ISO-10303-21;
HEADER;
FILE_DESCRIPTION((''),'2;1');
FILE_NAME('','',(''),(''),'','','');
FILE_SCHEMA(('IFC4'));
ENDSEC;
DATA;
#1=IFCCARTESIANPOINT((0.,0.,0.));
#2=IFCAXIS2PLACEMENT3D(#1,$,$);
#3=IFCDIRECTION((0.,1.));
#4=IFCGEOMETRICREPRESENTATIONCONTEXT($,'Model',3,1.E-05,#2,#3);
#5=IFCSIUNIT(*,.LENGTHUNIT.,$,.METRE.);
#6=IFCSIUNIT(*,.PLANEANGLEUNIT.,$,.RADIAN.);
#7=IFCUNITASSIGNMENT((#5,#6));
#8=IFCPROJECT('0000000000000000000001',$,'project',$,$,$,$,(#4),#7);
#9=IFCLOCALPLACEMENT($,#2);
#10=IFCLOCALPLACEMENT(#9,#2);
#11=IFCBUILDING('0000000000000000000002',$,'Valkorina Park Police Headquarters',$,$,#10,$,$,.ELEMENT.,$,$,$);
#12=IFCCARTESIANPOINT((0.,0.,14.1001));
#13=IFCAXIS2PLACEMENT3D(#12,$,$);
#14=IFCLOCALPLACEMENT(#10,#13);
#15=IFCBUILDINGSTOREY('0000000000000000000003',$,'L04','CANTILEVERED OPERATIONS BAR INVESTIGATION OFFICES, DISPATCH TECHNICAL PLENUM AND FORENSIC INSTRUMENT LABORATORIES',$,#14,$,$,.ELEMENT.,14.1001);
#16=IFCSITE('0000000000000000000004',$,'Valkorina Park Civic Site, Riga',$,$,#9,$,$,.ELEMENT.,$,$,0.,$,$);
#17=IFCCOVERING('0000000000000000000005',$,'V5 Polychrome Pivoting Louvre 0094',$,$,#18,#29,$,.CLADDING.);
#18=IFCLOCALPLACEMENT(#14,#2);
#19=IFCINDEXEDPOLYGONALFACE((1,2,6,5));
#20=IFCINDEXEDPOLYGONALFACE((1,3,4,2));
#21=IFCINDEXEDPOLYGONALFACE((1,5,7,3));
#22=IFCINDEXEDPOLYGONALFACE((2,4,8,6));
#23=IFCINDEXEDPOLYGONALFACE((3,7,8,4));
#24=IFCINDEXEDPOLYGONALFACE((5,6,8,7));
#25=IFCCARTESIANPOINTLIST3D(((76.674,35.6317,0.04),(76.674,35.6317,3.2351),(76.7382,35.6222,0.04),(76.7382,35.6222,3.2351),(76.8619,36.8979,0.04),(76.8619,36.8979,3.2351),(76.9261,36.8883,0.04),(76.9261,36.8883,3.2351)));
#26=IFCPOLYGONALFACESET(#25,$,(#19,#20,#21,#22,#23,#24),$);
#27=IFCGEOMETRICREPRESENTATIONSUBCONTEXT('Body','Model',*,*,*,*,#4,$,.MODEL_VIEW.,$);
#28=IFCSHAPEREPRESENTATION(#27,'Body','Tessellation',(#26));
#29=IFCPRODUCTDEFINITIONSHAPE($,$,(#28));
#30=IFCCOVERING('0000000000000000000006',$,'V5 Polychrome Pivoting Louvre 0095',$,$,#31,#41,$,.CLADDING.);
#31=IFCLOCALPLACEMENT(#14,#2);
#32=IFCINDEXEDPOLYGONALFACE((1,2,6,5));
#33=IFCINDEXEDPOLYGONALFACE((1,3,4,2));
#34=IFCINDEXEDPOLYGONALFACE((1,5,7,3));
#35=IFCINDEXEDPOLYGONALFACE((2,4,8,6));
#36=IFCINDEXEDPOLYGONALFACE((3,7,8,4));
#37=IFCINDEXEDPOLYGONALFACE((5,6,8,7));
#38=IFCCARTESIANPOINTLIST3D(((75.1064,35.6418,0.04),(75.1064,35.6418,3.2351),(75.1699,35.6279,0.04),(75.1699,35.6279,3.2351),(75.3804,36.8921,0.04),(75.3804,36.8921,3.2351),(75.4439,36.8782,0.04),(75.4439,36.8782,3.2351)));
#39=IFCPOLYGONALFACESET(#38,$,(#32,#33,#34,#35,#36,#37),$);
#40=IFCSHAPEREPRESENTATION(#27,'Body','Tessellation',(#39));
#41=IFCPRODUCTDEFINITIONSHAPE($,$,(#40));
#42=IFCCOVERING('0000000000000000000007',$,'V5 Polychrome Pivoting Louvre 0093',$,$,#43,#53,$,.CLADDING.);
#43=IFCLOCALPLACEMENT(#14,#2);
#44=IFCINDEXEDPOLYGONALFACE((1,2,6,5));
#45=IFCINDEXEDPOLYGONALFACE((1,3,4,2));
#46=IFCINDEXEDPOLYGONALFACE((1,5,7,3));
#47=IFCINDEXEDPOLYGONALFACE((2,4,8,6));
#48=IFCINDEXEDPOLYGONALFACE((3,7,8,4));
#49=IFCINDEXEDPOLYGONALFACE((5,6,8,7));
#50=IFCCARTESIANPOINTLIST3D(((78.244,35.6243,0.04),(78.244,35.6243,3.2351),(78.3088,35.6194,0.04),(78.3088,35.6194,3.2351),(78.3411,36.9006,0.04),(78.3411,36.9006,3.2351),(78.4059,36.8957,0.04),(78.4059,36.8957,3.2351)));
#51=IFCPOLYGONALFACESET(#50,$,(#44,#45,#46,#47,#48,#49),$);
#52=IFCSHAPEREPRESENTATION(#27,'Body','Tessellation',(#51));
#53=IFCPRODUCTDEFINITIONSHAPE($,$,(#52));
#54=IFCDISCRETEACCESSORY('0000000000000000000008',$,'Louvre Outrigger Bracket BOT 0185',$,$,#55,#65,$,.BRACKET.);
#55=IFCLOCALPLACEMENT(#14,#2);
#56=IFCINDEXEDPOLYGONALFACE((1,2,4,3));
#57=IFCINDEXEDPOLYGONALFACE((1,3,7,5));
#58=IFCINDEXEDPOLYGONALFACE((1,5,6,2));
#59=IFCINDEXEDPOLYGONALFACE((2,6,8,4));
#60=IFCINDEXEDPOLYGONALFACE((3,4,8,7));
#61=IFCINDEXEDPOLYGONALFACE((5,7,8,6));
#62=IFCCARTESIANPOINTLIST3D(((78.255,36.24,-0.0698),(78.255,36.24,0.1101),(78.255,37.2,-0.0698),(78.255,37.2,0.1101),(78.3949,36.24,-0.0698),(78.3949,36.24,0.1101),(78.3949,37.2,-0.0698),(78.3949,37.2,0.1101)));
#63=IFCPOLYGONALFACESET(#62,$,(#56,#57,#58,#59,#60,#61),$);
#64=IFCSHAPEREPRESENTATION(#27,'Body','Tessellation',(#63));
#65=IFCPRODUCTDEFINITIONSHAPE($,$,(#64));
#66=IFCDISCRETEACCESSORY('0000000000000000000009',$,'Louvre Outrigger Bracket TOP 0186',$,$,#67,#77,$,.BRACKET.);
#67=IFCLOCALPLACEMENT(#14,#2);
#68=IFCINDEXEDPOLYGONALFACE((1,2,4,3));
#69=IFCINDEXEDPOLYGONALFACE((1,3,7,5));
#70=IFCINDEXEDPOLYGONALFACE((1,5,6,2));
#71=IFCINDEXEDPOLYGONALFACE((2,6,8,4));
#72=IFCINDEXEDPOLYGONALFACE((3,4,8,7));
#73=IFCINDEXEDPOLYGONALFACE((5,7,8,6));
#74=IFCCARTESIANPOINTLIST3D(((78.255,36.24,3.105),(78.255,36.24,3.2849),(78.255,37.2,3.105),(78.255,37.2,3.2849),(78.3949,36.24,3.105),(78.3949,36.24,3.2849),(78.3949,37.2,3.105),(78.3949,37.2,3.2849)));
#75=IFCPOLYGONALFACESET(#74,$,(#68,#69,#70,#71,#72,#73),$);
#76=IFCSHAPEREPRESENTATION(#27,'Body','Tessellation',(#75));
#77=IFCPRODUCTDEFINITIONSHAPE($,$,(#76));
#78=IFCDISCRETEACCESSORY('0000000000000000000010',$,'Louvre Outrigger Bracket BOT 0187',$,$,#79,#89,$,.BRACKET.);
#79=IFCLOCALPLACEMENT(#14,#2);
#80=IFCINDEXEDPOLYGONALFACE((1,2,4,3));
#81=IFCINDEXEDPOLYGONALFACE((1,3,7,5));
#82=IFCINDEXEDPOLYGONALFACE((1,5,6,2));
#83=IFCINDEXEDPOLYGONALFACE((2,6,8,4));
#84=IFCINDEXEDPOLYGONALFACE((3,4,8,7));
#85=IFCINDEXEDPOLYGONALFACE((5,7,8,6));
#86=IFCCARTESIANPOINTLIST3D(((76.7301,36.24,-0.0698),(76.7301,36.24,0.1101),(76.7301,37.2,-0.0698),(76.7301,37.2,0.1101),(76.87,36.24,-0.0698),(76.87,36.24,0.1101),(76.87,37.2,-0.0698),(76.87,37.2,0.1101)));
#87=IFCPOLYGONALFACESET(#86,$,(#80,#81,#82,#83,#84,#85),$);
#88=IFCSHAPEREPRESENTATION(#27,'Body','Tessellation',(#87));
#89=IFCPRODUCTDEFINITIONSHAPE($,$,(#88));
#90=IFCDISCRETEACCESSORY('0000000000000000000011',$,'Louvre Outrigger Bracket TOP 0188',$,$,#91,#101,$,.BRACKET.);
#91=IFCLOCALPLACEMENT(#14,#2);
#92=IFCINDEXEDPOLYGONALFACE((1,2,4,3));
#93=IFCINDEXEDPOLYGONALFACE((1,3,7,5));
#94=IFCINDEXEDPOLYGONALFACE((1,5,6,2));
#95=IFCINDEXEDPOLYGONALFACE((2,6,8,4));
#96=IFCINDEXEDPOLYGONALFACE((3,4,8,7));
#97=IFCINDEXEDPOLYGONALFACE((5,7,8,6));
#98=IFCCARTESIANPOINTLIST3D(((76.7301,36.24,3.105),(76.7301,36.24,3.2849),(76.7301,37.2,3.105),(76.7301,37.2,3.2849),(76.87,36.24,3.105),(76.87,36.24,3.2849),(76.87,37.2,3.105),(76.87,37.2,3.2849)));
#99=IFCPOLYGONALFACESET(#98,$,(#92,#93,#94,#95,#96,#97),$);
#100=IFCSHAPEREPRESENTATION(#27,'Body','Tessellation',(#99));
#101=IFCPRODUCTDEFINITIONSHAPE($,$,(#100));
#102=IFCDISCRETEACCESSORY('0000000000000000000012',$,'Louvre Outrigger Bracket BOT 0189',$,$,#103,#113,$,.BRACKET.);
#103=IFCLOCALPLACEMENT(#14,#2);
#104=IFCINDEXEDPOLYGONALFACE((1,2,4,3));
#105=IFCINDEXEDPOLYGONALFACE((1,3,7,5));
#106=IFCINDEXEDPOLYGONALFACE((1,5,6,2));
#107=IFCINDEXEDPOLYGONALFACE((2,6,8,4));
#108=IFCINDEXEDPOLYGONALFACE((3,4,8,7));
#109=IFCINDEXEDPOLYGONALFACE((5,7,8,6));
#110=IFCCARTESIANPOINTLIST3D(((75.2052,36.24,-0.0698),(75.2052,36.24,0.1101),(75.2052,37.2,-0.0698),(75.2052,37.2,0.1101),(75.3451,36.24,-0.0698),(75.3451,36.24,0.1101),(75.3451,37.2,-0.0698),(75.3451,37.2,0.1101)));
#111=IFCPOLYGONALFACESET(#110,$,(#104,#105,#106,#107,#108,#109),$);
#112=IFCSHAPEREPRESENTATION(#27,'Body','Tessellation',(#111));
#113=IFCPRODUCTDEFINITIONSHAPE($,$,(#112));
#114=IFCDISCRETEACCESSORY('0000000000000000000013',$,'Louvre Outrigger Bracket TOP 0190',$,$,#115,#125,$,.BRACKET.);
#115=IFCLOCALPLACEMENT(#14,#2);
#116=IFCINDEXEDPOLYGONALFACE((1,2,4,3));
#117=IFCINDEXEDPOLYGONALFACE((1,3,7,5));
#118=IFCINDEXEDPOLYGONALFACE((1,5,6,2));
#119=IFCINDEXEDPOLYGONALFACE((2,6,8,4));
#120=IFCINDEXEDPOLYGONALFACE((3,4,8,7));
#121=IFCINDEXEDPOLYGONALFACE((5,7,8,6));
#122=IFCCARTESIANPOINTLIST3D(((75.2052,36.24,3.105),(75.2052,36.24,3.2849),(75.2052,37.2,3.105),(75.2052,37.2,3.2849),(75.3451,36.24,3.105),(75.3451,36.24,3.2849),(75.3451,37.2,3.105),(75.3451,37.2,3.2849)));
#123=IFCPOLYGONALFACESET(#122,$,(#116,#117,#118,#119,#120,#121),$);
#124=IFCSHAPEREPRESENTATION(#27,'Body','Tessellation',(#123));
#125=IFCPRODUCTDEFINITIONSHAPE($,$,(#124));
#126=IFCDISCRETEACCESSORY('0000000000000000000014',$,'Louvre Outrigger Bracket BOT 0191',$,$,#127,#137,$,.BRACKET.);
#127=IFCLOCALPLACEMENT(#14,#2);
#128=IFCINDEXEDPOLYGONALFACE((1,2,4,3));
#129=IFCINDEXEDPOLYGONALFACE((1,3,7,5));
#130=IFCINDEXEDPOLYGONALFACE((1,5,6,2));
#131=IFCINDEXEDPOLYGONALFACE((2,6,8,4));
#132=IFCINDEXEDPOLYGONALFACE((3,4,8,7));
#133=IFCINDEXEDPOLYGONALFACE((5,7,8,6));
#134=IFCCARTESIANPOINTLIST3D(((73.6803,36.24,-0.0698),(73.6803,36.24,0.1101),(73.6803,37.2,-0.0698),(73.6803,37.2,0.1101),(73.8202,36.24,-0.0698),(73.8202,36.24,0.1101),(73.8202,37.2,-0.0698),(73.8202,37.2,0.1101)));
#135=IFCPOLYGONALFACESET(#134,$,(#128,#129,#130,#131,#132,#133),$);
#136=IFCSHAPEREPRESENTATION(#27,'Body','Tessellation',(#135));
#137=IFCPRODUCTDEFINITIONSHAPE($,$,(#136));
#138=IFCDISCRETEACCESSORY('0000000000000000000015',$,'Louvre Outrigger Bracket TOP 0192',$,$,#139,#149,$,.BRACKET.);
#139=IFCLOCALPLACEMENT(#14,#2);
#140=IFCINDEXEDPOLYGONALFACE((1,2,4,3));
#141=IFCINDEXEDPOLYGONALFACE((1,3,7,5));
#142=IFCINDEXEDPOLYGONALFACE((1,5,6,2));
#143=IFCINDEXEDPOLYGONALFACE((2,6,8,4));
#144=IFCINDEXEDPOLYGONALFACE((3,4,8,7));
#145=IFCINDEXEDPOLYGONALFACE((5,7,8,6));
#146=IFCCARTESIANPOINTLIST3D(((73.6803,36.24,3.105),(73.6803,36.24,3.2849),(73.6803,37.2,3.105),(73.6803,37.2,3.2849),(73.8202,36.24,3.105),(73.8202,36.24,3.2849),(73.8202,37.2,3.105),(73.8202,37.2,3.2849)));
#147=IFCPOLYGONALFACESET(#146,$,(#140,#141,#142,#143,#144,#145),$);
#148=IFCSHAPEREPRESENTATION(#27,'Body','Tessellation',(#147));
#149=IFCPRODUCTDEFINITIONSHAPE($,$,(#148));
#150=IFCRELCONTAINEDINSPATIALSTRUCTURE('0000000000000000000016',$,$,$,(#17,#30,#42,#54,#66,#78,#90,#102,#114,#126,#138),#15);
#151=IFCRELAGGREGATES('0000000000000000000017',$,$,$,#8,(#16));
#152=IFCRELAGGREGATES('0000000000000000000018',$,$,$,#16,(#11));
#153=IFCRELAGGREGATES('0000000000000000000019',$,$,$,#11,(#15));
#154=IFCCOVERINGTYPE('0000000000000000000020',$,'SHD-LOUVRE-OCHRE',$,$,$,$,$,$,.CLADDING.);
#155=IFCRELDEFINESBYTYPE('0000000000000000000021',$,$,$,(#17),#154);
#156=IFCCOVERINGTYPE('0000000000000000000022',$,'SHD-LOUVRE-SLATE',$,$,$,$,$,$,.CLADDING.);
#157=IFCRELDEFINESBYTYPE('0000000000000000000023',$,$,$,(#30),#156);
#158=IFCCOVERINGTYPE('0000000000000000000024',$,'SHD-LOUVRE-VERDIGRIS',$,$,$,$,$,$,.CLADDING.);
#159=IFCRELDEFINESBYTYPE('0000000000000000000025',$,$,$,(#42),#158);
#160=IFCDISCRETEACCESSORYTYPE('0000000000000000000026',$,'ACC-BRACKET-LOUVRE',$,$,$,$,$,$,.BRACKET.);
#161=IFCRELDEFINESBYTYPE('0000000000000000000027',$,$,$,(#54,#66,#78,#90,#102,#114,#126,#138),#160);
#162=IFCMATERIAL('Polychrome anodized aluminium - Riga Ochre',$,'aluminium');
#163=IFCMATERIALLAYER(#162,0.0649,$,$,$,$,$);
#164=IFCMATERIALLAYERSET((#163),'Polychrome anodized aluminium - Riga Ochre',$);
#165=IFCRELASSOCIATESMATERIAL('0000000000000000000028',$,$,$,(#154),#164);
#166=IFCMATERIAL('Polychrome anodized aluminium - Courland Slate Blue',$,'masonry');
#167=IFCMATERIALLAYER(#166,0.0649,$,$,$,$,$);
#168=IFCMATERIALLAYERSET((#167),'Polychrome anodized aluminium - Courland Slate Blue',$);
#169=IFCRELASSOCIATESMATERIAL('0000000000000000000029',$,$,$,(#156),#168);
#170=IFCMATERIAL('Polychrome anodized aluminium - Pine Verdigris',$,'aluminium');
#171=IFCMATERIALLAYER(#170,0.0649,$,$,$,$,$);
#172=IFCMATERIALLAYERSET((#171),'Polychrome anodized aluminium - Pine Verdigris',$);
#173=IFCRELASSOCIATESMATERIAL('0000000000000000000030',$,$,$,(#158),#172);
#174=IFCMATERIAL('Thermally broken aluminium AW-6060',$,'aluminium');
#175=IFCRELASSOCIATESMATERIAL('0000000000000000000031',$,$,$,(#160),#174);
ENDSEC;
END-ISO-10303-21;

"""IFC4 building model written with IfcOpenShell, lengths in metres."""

from ifc_helpers import new_model, si_unit, direction, frame, origin, origin_2d, place, context, subcontext, project, spatial, rectangle, extrude, material, layer, layer_set, type_object, element, save


model = new_model("IFC4")

# Units and contexts
model_context = context("Model", 3, precision=1e-05, world=origin(), true_north=direction((0.0, 1.0)))
body_context = subcontext(model_context, "Body", "Model", "MODEL_VIEW")
ifc_project = project(units=[si_unit("LENGTHUNIT", "METRE"), si_unit("PLANEANGLEUNIT", "RADIAN")], contexts=[model_context])

# Site, building, storey
site_placement = place(None, origin())
site = spatial("IfcSite", under=ifc_project, at=site_placement, Name="Valkorina Park Civic Site, Riga", CompositionType="ELEMENT", RefElevation=0.0)
building_placement = place(site_placement, origin())
building = spatial("IfcBuilding", under=site, at=building_placement, Name="Valkorina Park Police Headquarters", CompositionType="ELEMENT")
storey_placement = place(building_placement, frame((0.0, 0.0, 14.1001)))
storey = spatial("IfcBuildingStorey", under=building, at=storey_placement, Name="L04", Description="CANTILEVERED OPERATIONS BAR INVESTIGATION OFFICES, DISPATCH TECHNICAL PLENUM AND FORENSIC INSTRUMENT LABORATORIES", CompositionType="ELEMENT", Elevation=14.1001)

# Shared definitions
ifc_material_1 = material(Name="Thermally broken aluminium AW-6060", Category="aluminium")

# Coverings
ifc_material_2 = material(Name="Polychrome anodized aluminium - Riga Ochre", Category="aluminium")
ifc_layer_1 = layer(ifc_material_2, 0.0649)
ifc_layer_set_1 = layer_set([ifc_layer_1], Name="Polychrome anodized aluminium - Riga Ochre")
covering_type_1 = type_object("IfcCoveringType", Name="SHD-LOUVRE-OCHRE", PredefinedType="CLADDING", material=ifc_layer_set_1)
covering_1_placement = place(storey_placement, frame((76.8, 36.26, 0.04), z_axis=(0.0, 0.0, 1.0), x_axis=(-0.146774, -0.98917, 0.0)))
element("IfcCovering", 1, at=covering_1_placement, inside=storey, type_object=covering_type_1, Name="V5 Polychrome Pivoting Louvre 0094", PredefinedType="CLADDING", context=body_context, shape_type="SweptSolid", body=[
    extrude(rectangle(XDim=1.28, YDim=0.0649, at=origin_2d()), origin(), (0.0, 0.0, 1.0), 3.1951),
])
ifc_material_3 = material(Name="Polychrome anodized aluminium - Courland Slate Blue", Category="masonry")
ifc_layer_2 = layer(ifc_material_3, 0.0649)
ifc_layer_set_2 = layer_set([ifc_layer_2], Name="Polychrome anodized aluminium - Courland Slate Blue")
covering_type_2 = type_object("IfcCoveringType", Name="SHD-LOUVRE-SLATE", PredefinedType="CLADDING", material=ifc_layer_set_2)
covering_2_placement = place(storey_placement, frame((75.2751, 36.26, 0.04), z_axis=(0.0, 0.0, 1.0), x_axis=(-0.214053, -0.976822, 0.0)))
element("IfcCovering", 2, at=covering_2_placement, inside=storey, type_object=covering_type_2, Name="V5 Polychrome Pivoting Louvre 0095", PredefinedType="CLADDING", context=body_context, shape_type="SweptSolid", body=[
    extrude(rectangle(XDim=1.28, YDim=0.0649, at=origin_2d()), origin(), (0.0, 0.0, 1.0), 3.1951),
])
ifc_material_4 = material(Name="Polychrome anodized aluminium - Pine Verdigris", Category="aluminium")
ifc_layer_3 = layer(ifc_material_4, 0.0649)
ifc_layer_set_3 = layer_set([ifc_layer_3], Name="Polychrome anodized aluminium - Pine Verdigris")
covering_type_3 = type_object("IfcCoveringType", Name="SHD-LOUVRE-VERDIGRIS", PredefinedType="CLADDING", material=ifc_layer_set_3)
covering_3_placement = place(storey_placement, frame((78.325, 36.26, 0.04), z_axis=(0.0, 0.0, 1.0), x_axis=(-0.075849, -0.997119, 0.0)))
element("IfcCovering", 3, at=covering_3_placement, inside=storey, type_object=covering_type_3, Name="V5 Polychrome Pivoting Louvre 0093", PredefinedType="CLADDING", context=body_context, shape_type="SweptSolid", body=[
    extrude(rectangle(XDim=1.28, YDim=0.0649, at=origin_2d()), origin(), (0.0, 0.0, 1.0), 3.1951),
])

# Discrete accessories
discrete_accessory_type = type_object("IfcDiscreteAccessoryType", Name="ACC-BRACKET-LOUVRE", PredefinedType="BRACKET", material=ifc_material_1)
for number, where, z_axis, x_axis, name in (
    (4, (78.325, 36.72, -0.0698), (0.0, 0.0, 1.0), (0.0, -1.0, 0.0), "Louvre Outrigger Bracket BOT 0185"),
    (5, (78.325, 36.72, 3.105), (0.0, 0.0, 1.0), (0.0, -1.0, 0.0), "Louvre Outrigger Bracket TOP 0186"),
    (6, (76.8, 36.72, -0.0698), (0.0, 0.0, 1.0), (0.0, -1.0, 0.0), "Louvre Outrigger Bracket BOT 0187"),
    (7, (76.8, 36.72, 3.105), (0.0, 0.0, 1.0), (0.0, -1.0, 0.0), "Louvre Outrigger Bracket TOP 0188"),
    (8, (75.2751, 36.72, -0.0698), (0.0, 0.0, 1.0), (0.0, -1.0, 0.0), "Louvre Outrigger Bracket BOT 0189"),
    (9, (75.2751, 36.72, 3.105), (0.0, 0.0, 1.0), (0.0, -1.0, 0.0), "Louvre Outrigger Bracket TOP 0190"),
    (10, (73.7502, 36.72, -0.0698), (0.0, 0.0, 1.0), (0.0, -1.0, 0.0), "Louvre Outrigger Bracket BOT 0191"),
    (11, (73.7502, 36.72, 3.105), (0.0, 0.0, 1.0), (0.0, -1.0, 0.0), "Louvre Outrigger Bracket TOP 0192"),
):
    element("IfcDiscreteAccessory", number, at=place(storey_placement, frame(where, z_axis=z_axis, x_axis=x_axis)), inside=storey, type_object=discrete_accessory_type, Name=name, PredefinedType="BRACKET", context=body_context, shape_type="SweptSolid", body=[
        extrude(rectangle(XDim=0.96, YDim=0.1399, at=origin_2d()), origin(), (0.0, 0.0, 1.0), 0.1799),
    ])

save(model, "model.ifc")
